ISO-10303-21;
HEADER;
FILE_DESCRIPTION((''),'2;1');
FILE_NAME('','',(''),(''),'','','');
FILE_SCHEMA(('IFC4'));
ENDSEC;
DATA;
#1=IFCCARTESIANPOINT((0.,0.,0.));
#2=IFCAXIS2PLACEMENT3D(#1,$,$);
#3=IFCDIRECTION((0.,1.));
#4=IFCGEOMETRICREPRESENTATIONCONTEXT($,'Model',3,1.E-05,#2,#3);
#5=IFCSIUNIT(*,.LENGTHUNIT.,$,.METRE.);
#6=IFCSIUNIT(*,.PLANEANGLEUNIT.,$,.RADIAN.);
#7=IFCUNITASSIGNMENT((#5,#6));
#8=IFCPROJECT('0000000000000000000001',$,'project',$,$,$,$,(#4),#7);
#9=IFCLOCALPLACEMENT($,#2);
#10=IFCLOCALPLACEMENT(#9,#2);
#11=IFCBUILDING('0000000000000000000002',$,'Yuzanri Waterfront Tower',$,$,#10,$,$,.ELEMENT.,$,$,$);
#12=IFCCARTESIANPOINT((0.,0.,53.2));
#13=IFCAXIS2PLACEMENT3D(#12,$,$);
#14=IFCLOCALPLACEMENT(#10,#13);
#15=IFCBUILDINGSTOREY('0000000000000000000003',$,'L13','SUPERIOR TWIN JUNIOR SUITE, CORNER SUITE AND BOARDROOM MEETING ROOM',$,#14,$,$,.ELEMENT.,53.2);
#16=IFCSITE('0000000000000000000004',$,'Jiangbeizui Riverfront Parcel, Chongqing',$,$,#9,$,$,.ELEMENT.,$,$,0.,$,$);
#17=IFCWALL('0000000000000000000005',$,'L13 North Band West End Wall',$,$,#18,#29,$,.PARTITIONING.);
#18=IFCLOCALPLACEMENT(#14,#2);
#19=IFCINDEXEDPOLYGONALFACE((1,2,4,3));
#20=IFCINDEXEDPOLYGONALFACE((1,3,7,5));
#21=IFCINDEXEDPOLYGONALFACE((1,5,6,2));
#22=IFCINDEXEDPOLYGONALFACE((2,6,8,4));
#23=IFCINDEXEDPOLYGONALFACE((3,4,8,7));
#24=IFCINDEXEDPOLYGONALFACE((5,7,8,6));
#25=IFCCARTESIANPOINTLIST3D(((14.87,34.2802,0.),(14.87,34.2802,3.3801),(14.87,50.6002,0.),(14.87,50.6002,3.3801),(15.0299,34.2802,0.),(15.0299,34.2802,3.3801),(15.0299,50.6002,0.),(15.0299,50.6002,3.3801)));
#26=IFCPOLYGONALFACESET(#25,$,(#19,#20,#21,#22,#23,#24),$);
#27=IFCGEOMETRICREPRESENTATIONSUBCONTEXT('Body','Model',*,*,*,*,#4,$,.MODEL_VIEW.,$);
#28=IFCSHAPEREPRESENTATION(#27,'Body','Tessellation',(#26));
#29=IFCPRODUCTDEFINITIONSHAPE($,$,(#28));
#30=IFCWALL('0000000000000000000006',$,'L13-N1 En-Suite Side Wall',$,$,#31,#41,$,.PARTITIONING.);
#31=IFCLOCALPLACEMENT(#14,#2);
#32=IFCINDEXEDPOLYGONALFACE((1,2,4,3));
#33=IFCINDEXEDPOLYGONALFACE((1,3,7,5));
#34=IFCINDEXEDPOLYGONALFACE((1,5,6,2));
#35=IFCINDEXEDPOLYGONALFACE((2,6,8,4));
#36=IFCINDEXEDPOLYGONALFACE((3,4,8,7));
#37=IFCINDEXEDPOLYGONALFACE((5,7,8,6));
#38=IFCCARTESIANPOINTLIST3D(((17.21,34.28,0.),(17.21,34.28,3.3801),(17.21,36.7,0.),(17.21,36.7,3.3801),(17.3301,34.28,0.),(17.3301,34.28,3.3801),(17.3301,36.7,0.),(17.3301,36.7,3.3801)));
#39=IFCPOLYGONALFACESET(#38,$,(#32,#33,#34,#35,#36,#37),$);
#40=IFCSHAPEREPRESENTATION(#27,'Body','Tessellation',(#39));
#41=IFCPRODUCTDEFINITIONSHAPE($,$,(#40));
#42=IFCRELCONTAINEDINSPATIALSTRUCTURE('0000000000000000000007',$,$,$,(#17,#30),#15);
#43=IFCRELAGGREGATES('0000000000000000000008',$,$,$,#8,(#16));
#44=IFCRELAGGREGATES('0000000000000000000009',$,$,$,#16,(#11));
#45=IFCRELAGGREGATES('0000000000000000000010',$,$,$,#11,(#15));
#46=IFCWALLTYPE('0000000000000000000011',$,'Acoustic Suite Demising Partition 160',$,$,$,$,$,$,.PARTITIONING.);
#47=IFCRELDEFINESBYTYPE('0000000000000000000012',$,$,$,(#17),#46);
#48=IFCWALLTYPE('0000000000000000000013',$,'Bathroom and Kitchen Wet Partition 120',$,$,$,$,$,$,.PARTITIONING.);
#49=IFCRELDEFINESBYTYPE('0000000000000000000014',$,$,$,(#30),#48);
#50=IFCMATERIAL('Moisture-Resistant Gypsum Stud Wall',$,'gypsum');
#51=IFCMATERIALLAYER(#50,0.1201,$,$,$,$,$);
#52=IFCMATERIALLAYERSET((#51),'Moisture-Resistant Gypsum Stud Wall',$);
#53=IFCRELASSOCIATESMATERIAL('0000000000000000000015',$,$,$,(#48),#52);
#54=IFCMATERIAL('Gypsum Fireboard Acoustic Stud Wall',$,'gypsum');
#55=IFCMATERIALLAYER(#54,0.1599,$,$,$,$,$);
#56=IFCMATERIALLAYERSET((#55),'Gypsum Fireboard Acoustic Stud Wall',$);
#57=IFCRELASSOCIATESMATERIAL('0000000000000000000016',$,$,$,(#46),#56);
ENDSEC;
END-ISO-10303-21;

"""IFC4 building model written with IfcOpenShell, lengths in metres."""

from ifc_helpers import new_model, si_unit, direction, frame, frame_2d, origin, place, context, subcontext, project, spatial, rectangle, extrude, source, transform, mapped, material, layer, layer_set, type_object, element, save


model = new_model("IFC4")

# Units and contexts
model_context = context("Model", 3, precision=1e-05, world=origin(), true_north=direction((0.0, 1.0)))
body_context = subcontext(model_context, "Body", "Model", "MODEL_VIEW")
ifc_project = project(units=[si_unit("LENGTHUNIT", "METRE"), si_unit("PLANEANGLEUNIT", "RADIAN")], contexts=[model_context])

# Site, building, storey
site_placement = place(None, origin())
site = spatial("IfcSite", under=ifc_project, at=site_placement, Name="Jiangbeizui Riverfront Parcel, Chongqing", CompositionType="ELEMENT", RefElevation=0.0)
building_placement = place(site_placement, origin())
building = spatial("IfcBuilding", under=site, at=building_placement, Name="Yuzanri Waterfront Tower", CompositionType="ELEMENT")
storey_placement = place(building_placement, frame((0.0, 0.0, 53.2)))
storey = spatial("IfcBuildingStorey", under=building, at=storey_placement, Name="L13", Description="SUPERIOR TWIN JUNIOR SUITE, CORNER SUITE AND BOARDROOM MEETING ROOM", CompositionType="ELEMENT", Elevation=53.2)

# Shared definitions
ifc_material_1 = material(Name="Moisture-Resistant Gypsum Stud Wall", Category="gypsum")
ifc_layer_1 = layer(ifc_material_1, 0.1201)
ifc_layer_set_1 = layer_set([ifc_layer_1], Name="Moisture-Resistant Gypsum Stud Wall")
wall_type_1 = type_object("IfcWallType", Name="Bathroom and Kitchen Wet Partition 120", PredefinedType="PARTITIONING", material=ifc_layer_set_1)

# Walls
ifc_material_2 = material(Name="Gypsum Fireboard Acoustic Stud Wall", Category="gypsum")
ifc_layer_2 = layer(ifc_material_2, 0.1599)
ifc_layer_set_2 = layer_set([ifc_layer_2], Name="Gypsum Fireboard Acoustic Stud Wall")
wall_type_2 = type_object("IfcWallType", Name="Acoustic Suite Demising Partition 160", PredefinedType="PARTITIONING", material=ifc_layer_set_2)
shared_shape_1 = source(origin(), body_context, "Body", "SweptSolid", [
    extrude(rectangle(XDim=16.3201, YDim=0.1599, at=frame_2d((8.1602, 0.0))), origin(), (0.0, 0.0, 1.0), 3.3801),
])
wall_1_placement = place(storey_placement, frame((14.95, 34.28, 0.0), z_axis=(0.0, 0.0, 1.0), x_axis=(0.0, 1.0, 0.0)))
element("IfcWall", 1, at=wall_1_placement, inside=storey, type_object=wall_type_2, Name="L13 North Band West End Wall", PredefinedType="PARTITIONING", context=body_context, shape_type="MappedRepresentation", body=[
    mapped(shared_shape_1, transform((0.0, 0.0, 0.0), scale=1.0)),
])
shared_shape_2 = source(origin(), body_context, "Body", "SweptSolid", [
    extrude(rectangle(XDim=2.4199, YDim=0.1201, at=frame_2d((1.21, 0.0))), origin(), (0.0, 0.0, 1.0), 3.3801),
])
wall_2_placement = place(storey_placement, frame((17.27, 34.28, 0.0), z_axis=(0.0, 0.0, 1.0), x_axis=(0.0, 1.0, 0.0)))
element("IfcWall", 2, at=wall_2_placement, inside=storey, type_object=wall_type_1, Name="L13-N1 En-Suite Side Wall", PredefinedType="PARTITIONING", context=body_context, shape_type="MappedRepresentation", body=[
    mapped(shared_shape_2, transform((0.0, 0.0, 0.0), scale=1.0)),
])

save(model, "model.ifc")
